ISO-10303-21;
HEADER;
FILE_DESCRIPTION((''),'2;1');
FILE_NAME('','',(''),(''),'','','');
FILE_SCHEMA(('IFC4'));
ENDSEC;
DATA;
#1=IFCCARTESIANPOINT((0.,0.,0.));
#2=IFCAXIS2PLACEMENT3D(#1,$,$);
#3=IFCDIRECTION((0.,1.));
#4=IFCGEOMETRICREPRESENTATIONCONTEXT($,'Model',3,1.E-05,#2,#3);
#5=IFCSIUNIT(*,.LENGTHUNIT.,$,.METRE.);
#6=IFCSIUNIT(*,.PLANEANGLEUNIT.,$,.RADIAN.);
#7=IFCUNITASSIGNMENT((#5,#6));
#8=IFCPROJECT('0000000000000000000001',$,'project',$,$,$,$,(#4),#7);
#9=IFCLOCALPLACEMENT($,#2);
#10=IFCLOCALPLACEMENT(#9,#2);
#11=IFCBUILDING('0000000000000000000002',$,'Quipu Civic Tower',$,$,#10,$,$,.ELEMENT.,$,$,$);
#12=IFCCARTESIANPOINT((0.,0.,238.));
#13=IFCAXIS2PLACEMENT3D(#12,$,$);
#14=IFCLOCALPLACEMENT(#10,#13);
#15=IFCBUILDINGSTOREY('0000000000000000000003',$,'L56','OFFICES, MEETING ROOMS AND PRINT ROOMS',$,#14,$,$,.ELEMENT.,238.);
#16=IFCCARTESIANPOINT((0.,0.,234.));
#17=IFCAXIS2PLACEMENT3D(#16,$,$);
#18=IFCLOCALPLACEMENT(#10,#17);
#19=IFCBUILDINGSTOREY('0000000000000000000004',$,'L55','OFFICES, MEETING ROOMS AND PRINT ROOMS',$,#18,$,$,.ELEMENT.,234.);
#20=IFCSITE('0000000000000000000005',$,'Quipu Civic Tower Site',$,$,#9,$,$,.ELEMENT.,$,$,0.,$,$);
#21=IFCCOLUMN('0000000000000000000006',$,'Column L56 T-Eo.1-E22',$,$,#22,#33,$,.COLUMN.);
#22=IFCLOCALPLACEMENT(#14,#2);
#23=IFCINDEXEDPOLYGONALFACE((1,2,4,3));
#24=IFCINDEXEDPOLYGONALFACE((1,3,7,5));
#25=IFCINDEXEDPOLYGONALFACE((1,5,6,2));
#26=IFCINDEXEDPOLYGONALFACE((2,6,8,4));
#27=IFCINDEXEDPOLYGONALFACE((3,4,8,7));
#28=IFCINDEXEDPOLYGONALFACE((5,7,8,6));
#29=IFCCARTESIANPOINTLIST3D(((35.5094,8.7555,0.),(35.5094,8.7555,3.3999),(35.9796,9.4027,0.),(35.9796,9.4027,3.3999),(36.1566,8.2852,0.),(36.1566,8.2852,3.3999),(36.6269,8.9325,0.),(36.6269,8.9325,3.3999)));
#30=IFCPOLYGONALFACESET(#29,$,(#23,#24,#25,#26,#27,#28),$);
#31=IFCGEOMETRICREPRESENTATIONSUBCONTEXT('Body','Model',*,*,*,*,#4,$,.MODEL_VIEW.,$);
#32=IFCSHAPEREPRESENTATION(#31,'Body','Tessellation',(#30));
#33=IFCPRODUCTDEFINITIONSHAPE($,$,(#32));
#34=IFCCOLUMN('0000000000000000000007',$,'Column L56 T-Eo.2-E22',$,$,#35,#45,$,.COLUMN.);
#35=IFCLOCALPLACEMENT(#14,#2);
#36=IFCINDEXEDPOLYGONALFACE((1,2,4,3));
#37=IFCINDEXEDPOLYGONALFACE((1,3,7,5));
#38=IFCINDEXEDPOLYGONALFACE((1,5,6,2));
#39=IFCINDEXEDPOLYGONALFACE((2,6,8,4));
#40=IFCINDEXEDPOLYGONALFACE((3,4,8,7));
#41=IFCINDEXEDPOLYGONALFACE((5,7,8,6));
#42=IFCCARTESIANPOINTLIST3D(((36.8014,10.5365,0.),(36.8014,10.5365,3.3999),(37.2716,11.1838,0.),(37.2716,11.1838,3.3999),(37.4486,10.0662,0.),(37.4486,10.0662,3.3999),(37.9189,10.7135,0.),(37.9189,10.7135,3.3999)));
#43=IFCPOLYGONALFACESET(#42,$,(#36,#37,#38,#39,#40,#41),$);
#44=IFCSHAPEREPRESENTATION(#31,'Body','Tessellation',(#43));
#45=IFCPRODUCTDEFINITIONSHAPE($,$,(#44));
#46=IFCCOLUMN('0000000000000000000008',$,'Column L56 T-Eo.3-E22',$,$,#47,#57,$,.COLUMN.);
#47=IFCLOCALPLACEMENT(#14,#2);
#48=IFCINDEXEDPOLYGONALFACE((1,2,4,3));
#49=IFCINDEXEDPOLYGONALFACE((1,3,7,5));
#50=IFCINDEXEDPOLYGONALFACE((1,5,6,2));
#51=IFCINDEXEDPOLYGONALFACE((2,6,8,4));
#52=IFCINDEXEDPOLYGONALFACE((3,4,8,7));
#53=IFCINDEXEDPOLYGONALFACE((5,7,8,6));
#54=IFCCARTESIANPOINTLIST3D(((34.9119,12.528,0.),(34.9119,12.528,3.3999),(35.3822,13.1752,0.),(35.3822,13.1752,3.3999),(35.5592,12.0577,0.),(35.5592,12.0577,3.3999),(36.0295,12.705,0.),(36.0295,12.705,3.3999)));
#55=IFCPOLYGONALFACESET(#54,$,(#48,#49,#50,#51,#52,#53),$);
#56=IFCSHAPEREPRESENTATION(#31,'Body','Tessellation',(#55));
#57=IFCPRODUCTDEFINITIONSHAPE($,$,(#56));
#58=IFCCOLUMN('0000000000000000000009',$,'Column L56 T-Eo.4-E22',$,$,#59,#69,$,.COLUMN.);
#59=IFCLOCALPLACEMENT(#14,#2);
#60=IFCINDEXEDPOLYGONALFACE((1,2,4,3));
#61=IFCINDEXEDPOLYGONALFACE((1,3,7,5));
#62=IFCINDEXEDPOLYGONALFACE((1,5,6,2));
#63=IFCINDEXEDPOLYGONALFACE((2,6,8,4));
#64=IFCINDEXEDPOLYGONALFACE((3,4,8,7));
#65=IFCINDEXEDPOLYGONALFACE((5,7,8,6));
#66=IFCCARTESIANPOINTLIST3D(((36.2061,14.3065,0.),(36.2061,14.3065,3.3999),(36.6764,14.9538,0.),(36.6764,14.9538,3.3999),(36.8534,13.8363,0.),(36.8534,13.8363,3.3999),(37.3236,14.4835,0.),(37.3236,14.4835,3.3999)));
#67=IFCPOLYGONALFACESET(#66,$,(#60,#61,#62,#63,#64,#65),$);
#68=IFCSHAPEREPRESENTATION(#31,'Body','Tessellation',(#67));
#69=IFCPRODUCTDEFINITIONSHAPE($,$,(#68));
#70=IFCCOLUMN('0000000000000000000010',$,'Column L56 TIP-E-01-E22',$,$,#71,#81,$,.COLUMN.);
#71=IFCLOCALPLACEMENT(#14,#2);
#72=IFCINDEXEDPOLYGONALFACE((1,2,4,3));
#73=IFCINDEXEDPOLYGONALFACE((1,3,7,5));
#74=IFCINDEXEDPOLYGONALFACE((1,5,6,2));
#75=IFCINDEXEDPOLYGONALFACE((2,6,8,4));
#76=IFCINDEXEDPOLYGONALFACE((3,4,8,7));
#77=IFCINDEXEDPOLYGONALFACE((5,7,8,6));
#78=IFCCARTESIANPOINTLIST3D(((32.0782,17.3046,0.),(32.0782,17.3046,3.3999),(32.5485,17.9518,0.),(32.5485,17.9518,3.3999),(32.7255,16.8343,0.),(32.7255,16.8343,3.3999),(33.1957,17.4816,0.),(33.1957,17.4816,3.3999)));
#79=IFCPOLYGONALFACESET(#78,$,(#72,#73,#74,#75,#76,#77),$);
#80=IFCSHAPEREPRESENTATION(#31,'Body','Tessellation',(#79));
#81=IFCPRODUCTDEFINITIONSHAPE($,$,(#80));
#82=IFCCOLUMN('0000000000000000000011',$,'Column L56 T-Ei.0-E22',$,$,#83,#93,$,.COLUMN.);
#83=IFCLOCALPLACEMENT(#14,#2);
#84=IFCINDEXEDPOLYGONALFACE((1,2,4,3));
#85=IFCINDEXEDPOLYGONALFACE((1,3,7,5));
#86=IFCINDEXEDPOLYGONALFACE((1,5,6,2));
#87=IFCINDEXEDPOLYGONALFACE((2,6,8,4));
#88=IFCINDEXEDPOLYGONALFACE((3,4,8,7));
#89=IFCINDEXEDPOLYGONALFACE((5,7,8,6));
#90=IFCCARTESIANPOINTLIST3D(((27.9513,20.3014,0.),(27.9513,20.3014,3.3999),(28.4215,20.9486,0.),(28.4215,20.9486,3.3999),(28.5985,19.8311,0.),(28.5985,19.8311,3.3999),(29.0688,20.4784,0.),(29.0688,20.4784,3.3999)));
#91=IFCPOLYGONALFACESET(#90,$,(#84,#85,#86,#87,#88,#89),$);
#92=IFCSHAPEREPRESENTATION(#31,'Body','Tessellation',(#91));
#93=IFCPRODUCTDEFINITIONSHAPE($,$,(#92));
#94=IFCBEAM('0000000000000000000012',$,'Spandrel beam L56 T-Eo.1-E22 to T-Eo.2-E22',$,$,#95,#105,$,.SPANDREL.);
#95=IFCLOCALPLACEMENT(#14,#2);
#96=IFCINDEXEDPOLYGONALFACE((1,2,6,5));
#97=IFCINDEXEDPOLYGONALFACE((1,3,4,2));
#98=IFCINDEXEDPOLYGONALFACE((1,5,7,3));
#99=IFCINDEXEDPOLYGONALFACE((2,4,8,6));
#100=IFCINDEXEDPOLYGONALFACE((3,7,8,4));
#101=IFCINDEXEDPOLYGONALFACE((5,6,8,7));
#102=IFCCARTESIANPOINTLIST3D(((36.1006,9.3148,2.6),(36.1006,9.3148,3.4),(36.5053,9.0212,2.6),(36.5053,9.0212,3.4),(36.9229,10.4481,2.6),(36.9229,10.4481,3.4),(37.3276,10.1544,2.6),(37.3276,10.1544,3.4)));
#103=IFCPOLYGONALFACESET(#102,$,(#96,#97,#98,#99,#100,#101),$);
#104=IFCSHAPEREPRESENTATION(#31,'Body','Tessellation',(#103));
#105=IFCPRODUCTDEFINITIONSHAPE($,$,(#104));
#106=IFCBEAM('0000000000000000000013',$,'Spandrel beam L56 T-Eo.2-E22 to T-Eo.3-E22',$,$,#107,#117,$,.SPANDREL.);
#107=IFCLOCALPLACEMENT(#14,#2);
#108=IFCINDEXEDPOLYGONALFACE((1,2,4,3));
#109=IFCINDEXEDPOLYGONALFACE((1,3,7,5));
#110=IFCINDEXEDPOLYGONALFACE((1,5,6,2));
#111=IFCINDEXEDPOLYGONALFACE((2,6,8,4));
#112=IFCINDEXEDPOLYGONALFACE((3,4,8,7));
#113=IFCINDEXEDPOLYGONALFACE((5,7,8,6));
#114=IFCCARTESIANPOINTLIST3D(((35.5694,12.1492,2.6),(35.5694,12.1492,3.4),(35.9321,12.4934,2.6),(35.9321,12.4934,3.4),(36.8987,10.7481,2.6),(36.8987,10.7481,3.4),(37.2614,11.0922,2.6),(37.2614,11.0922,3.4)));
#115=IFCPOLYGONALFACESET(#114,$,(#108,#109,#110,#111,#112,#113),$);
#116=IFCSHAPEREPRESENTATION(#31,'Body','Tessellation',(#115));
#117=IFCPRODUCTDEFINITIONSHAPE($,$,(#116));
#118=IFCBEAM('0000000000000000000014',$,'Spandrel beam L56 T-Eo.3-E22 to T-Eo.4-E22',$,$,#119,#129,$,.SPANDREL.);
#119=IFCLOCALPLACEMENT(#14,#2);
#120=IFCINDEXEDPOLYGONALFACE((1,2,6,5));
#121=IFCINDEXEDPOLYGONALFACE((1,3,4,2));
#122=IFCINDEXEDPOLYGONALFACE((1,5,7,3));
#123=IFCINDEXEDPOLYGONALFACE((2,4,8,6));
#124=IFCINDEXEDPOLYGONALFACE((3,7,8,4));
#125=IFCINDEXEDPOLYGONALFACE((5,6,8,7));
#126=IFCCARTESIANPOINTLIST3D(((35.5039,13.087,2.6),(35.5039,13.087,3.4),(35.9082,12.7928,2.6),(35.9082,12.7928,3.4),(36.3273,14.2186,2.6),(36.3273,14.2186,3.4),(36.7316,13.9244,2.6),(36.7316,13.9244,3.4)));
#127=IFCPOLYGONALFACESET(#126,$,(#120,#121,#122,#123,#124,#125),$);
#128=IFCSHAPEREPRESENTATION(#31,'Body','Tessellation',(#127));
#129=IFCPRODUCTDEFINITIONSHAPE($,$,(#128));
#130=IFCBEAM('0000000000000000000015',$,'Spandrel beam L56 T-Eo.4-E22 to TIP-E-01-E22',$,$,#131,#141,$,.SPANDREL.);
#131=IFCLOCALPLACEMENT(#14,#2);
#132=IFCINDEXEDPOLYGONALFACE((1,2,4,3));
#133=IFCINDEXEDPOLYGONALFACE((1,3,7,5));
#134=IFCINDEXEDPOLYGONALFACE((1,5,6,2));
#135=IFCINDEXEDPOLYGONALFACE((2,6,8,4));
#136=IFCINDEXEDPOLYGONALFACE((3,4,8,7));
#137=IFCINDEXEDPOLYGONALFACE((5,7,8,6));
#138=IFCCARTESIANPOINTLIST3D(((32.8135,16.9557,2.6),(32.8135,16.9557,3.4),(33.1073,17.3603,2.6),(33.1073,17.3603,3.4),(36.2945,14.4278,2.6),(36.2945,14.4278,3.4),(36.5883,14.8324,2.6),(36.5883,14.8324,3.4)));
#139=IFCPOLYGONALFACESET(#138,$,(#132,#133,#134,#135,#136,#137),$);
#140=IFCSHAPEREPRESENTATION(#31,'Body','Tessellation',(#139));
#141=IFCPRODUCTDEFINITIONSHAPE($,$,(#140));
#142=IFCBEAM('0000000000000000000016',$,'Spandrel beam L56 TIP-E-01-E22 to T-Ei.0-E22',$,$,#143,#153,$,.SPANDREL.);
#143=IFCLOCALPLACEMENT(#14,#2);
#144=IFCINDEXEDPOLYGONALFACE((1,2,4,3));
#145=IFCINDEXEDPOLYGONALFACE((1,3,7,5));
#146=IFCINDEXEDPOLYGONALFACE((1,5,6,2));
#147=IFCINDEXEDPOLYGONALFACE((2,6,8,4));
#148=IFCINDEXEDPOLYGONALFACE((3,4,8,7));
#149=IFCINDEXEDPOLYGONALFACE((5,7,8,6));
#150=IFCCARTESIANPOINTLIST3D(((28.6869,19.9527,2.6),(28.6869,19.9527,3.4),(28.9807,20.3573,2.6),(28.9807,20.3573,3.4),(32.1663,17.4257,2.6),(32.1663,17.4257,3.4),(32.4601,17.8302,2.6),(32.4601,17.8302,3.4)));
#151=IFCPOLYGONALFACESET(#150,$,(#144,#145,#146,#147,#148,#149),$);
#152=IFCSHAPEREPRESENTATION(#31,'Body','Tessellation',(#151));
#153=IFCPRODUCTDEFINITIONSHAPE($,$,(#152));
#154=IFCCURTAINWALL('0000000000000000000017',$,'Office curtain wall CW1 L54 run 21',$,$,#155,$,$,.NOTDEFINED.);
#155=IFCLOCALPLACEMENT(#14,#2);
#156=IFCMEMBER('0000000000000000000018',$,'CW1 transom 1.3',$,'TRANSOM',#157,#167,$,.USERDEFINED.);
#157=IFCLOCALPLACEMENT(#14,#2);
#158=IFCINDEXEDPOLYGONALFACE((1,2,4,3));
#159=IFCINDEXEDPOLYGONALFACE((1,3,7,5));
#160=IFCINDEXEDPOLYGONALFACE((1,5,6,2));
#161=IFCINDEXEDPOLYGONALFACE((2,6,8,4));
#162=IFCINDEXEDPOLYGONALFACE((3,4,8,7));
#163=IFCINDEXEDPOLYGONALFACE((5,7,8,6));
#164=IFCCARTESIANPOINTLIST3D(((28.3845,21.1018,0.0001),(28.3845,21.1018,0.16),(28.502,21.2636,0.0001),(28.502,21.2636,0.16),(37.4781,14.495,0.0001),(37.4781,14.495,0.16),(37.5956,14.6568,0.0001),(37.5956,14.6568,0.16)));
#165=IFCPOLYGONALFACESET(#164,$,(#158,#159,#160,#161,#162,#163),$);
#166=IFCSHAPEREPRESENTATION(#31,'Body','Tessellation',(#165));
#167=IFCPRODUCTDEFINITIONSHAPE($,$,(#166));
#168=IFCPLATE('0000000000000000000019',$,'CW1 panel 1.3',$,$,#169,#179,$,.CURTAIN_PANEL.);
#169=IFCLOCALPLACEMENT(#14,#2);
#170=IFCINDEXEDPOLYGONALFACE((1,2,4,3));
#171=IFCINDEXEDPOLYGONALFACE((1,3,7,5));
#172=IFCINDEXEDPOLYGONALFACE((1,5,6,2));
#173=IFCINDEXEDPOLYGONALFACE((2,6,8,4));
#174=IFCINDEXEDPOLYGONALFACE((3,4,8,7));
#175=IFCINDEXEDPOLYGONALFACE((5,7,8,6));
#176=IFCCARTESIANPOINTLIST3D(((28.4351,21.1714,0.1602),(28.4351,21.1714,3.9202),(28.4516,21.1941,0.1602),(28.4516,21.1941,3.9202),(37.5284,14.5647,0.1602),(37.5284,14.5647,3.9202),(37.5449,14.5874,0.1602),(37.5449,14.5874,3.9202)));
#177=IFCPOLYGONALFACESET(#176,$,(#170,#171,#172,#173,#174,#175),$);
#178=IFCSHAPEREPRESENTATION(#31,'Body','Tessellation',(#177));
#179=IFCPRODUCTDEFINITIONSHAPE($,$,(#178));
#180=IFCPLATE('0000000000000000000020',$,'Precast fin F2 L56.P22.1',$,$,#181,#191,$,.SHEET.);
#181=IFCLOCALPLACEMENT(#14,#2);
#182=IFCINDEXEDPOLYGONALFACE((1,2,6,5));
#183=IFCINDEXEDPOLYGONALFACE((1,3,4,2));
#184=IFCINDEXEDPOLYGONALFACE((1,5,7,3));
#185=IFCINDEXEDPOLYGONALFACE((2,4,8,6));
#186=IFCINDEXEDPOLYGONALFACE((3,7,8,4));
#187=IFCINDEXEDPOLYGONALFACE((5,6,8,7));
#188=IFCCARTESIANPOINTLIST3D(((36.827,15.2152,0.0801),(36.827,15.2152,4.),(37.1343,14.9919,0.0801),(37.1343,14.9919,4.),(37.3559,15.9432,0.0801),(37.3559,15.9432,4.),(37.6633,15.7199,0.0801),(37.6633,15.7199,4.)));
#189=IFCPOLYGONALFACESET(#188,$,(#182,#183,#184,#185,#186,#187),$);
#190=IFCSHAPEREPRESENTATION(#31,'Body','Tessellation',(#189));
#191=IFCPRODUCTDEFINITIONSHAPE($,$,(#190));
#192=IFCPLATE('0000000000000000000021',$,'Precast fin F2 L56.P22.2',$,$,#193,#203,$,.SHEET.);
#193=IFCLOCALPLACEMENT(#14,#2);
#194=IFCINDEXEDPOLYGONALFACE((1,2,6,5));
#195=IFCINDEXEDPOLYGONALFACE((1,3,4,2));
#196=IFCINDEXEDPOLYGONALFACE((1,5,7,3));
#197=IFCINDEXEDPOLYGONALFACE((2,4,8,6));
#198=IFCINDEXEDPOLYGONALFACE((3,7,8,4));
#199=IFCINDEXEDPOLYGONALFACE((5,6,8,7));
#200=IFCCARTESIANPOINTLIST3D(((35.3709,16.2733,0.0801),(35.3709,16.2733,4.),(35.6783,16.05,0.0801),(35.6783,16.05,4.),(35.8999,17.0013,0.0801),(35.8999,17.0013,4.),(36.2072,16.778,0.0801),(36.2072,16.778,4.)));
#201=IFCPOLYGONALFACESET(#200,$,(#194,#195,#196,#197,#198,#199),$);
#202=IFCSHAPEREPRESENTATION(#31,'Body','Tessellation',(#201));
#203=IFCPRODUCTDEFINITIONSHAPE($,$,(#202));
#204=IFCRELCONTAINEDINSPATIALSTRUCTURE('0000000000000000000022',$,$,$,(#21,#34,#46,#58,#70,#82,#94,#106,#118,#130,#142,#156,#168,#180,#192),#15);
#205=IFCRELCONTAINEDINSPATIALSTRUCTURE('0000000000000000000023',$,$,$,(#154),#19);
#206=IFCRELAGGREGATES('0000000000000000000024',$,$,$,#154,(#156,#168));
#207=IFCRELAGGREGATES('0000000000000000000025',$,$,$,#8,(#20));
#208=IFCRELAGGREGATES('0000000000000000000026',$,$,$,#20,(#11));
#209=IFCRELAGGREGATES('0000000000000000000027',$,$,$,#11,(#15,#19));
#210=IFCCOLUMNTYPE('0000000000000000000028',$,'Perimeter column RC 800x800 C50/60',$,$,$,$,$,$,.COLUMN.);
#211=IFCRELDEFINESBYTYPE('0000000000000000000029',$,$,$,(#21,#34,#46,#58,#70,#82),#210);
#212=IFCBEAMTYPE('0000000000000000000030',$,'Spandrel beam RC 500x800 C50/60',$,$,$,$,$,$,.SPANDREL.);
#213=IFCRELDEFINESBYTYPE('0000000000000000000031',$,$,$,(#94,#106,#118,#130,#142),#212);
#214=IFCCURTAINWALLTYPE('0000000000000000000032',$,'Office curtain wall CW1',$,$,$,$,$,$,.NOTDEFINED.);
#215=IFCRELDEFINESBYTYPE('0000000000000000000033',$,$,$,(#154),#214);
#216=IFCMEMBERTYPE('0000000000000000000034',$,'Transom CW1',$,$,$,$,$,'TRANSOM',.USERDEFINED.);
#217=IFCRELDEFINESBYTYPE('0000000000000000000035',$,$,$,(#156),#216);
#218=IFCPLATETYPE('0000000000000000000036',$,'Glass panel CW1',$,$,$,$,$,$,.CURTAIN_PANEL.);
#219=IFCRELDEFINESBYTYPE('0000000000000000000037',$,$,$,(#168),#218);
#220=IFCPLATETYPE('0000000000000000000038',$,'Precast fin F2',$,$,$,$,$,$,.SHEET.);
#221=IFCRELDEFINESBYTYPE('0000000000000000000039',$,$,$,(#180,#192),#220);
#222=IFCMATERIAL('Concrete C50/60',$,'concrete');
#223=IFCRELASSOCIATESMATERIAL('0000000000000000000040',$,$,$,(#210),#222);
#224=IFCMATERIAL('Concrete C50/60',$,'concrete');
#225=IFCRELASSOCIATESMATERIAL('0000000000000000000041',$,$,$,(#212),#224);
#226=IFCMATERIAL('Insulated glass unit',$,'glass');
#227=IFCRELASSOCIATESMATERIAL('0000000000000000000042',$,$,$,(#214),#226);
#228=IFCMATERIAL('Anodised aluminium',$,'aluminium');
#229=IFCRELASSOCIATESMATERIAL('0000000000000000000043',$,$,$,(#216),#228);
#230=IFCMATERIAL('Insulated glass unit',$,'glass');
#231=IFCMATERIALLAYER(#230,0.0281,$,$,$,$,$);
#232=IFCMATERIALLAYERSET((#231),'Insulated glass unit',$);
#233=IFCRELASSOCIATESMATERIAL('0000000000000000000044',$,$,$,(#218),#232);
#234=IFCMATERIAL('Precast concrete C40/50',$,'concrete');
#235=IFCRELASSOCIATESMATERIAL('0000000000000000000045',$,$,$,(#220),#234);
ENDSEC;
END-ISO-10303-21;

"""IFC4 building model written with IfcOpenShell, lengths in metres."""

from ifc_helpers import new_model, si_unit, direction, frame, origin, origin_2d, place, context, subcontext, project, spatial, rectangle, extrude, material, layer, layer_set, material_profile, profile_set, type_object, element, aggregate, save


model = new_model("IFC4")

# Units and contexts
model_context = context("Model", 3, precision=1e-05, world=origin(), true_north=direction((0.0, 1.0)))
body_context = subcontext(model_context, "Body", "Model", "MODEL_VIEW")
ifc_project = project(units=[si_unit("LENGTHUNIT", "METRE"), si_unit("PLANEANGLEUNIT", "RADIAN")], contexts=[model_context])

# Site, building, storey
site_placement = place(None, origin())
site = spatial("IfcSite", under=ifc_project, at=site_placement, Name="Quipu Civic Tower Site", CompositionType="ELEMENT", RefElevation=0.0)
building_placement = place(site_placement, origin())
building = spatial("IfcBuilding", under=site, at=building_placement, Name="Quipu Civic Tower", CompositionType="ELEMENT")
storey_1_placement = place(building_placement, frame((0.0, 0.0, 238.0)))
storey_1 = spatial("IfcBuildingStorey", under=building, at=storey_1_placement, Name="L56", Description="OFFICES, MEETING ROOMS AND PRINT ROOMS", CompositionType="ELEMENT", Elevation=238.0)

# Columns
ifc_material_1 = material(Name="Concrete C50/60", Category="concrete")
ifc_material_profile_1 = material_profile(ifc_material_1, rectangle(XDim=0.8, YDim=0.8, at=origin_2d()), Name="RC800x800")
ifc_profile_set_1 = profile_set([ifc_material_profile_1], Name="Concrete C50/60")
column_type = type_object("IfcColumnType", Name="Perimeter column RC 800x800 C50/60", PredefinedType="COLUMN", material=ifc_profile_set_1)
for number, where, z_axis, x_axis, name in (
    (1, (36.0681, 8.844, 0.0), (0.0, 0.0, 1.0), (0.587785, 0.809017, 0.0), "Column L56 T-Eo.1-E22"),
    (2, (37.3601, 10.625, 0.0), (0.0, 0.0, 1.0), (0.587785, 0.809017, 0.0), "Column L56 T-Eo.2-E22"),
    (3, (35.4707, 12.6165, 0.0), (0.0, 0.0, 1.0), (-0.809017, 0.587785, 0.0), "Column L56 T-Eo.3-E22"),
    (4, (36.7649, 14.395, 0.0), (0.0, 0.0, 1.0), (-0.809017, 0.587785, 0.0), "Column L56 T-Eo.4-E22"),
    (5, (32.637, 17.3931, 0.0), (0.0, 0.0, 1.0), (-0.809017, 0.587785, 0.0), "Column L56 TIP-E-01-E22"),
    (6, (28.51, 20.3899, 0.0), (0.0, 0.0, 1.0), (-0.587785, -0.809017, 0.0), "Column L56 T-Ei.0-E22"),
):
    element("IfcColumn", number, at=place(storey_1_placement, frame(where, z_axis=z_axis, x_axis=x_axis)), inside=storey_1, type_object=column_type, Name=name, PredefinedType="COLUMN", context=body_context, shape_type="SweptSolid", body=[
        extrude(rectangle(XDim=0.8, YDim=0.8, at=origin_2d()), origin(), (0.0, 0.0, 1.0), 3.3999),
    ])

# Beams
ifc_material_2 = material(Name="Concrete C50/60", Category="concrete")
ifc_material_profile_2 = material_profile(ifc_material_2, rectangle(XDim=0.5, YDim=0.8, at=origin_2d()), Name="RC500x800")
ifc_profile_set_2 = profile_set([ifc_material_profile_2], Name="Concrete C50/60")
beam_type = type_object("IfcBeamType", Name="Spandrel beam RC 500x800 C50/60", PredefinedType="SPANDREL", material=ifc_profile_set_2)
beam_1_placement = place(storey_1_placement, frame((36.303, 9.168, 3.0), z_axis=(0.587259, 0.809399, 0.0), x_axis=(-0.809399, 0.587259, 0.0)))
element("IfcBeam", 7, at=beam_1_placement, inside=storey_1, type_object=beam_type, Name="Spandrel beam L56 T-Eo.1-E22 to T-Eo.2-E22", PredefinedType="SPANDREL", context=body_context, shape_type="SweptSolid", body=[
    extrude(rectangle(XDim=0.5, YDim=0.8, at=origin_2d()), origin(), (0.0, 0.0, 1.0), 1.4001),
])
beam_2_placement = place(storey_1_placement, frame((37.0801, 10.9202, 3.0), z_axis=(-0.688281, 0.725444, 0.0), x_axis=(-0.725444, -0.688281, 0.0)))
element("IfcBeam", 8, at=beam_2_placement, inside=storey_1, type_object=beam_type, Name="Spandrel beam L56 T-Eo.2-E22 to T-Eo.3-E22", PredefinedType="SPANDREL", context=body_context, shape_type="SweptSolid", body=[
    extrude(rectangle(XDim=0.5, YDim=0.8, at=origin_2d()), origin(), (0.0, 0.0, 1.0), 1.9314),
])
beam_3_placement = place(storey_1_placement, frame((35.7061, 12.9399, 3.0), z_axis=(0.58841, 0.808563, 0.0), x_axis=(-0.808563, 0.58841, 0.0)))
element("IfcBeam", 9, at=beam_3_placement, inside=storey_1, type_object=beam_type, Name="Spandrel beam L56 T-Eo.3-E22 to T-Eo.4-E22", PredefinedType="SPANDREL", context=body_context, shape_type="SweptSolid", body=[
    extrude(rectangle(XDim=0.5, YDim=0.8, at=origin_2d()), origin(), (0.0, 0.0, 1.0), 1.3994),
])
beam_4_placement = place(storey_1_placement, frame((36.4414, 14.6301, 3.0), z_axis=(-0.809153, 0.587598, 0.0), x_axis=(-0.587598, -0.809153, 0.0)))
element("IfcBeam", 10, at=beam_4_placement, inside=storey_1, type_object=beam_type, Name="Spandrel beam L56 T-Eo.4-E22 to TIP-E-01-E22", PredefinedType="SPANDREL", context=body_context, shape_type="SweptSolid", body=[
    extrude(rectangle(XDim=0.5, YDim=0.8, at=origin_2d()), origin(), (0.0, 0.0, 1.0), 4.302),
])
beam_5_placement = place(storey_1_placement, frame((32.3132, 17.6279, 3.0), z_axis=(-0.809116, 0.587648, 0.0), x_axis=(-0.587648, -0.809116, 0.0)))
element("IfcBeam", 11, at=beam_5_placement, inside=storey_1, type_object=beam_type, Name="Spandrel beam L56 TIP-E-01-E22 to T-Ei.0-E22", PredefinedType="SPANDREL", context=body_context, shape_type="SweptSolid", body=[
    extrude(rectangle(XDim=0.5, YDim=0.8, at=origin_2d()), origin(), (0.0, 0.0, 1.0), 4.3003),
])

# Shared definitions
storey_2_placement = place(building_placement, frame((0.0, 0.0, 234.0)))
storey_2 = spatial("IfcBuildingStorey", under=building, at=storey_2_placement, Name="L55", Description="OFFICES, MEETING ROOMS AND PRINT ROOMS", CompositionType="ELEMENT", Elevation=234.0)

# Curtain wall, member, plate
ifc_material_3 = material(Name="Insulated glass unit", Category="glass")
curtain_wall_type = type_object("IfcCurtainWallType", Name="Office curtain wall CW1", PredefinedType="NOTDEFINED", material=ifc_material_3)
curtain_wall_placement = place(storey_2_placement, origin())
curtain_wall = element("IfcCurtainWall", 12, at=curtain_wall_placement, inside=storey_2, type_object=curtain_wall_type, Name="Office curtain wall CW1 L54 run 21", PredefinedType="NOTDEFINED")
ifc_material_4 = material(Name="Anodised aluminium", Category="aluminium")
ifc_material_profile_3 = material_profile(ifc_material_4, rectangle(XDim=0.2, YDim=0.1599, at=origin_2d()), Name="RECT 200x160")
ifc_profile_set_3 = profile_set([ifc_material_profile_3], Name="Anodised aluminium")
member_type = type_object("IfcMemberType", Name="Transom CW1", ElementType="TRANSOM", PredefinedType="USERDEFINED", material=ifc_profile_set_3)
member_placement = place(storey_1_placement, frame((37.5369, 14.5759, 0.0801), z_axis=(-0.809022, 0.587778, 0.0), x_axis=(-0.587778, -0.809022, 0.0)))
member = element("IfcMember", 13, at=member_placement, inside=storey_1, type_object=member_type, Name="CW1 transom 1.3", ObjectType="TRANSOM", PredefinedType="USERDEFINED", context=body_context, shape_type="SweptSolid", body=[
    extrude(rectangle(XDim=0.2, YDim=0.1599, at=origin_2d()), origin(), (0.0, 0.0, 1.0), 11.2402),
])
ifc_material_5 = material(Name="Insulated glass unit", Category="glass")
ifc_layer = layer(ifc_material_5, 0.0281)
ifc_layer_set = layer_set([ifc_layer], Name="Insulated glass unit")
plate_type_1 = type_object("IfcPlateType", Name="Glass panel CW1", PredefinedType="CURTAIN_PANEL", material=ifc_layer_set)
plate_placement = place(storey_1_placement, frame((32.99, 17.8794, 0.1602), z_axis=(0.0, 0.0, 1.0), x_axis=(-0.809015, 0.587788, 0.0)))
plate = element("IfcPlate", 14, at=plate_placement, inside=storey_1, type_object=plate_type_1, Name="CW1 panel 1.3", PredefinedType="CURTAIN_PANEL", context=body_context, shape_type="SweptSolid", body=[
    extrude(rectangle(XDim=11.24, YDim=0.0281, at=origin_2d()), origin(), (0.0, 0.0, 1.0), 3.76),
])
aggregate(curtain_wall, [member, plate])

# Plates
ifc_material_6 = material(Name="Precast concrete C40/50", Category="concrete")
plate_type_2 = type_object("IfcPlateType", Name="Precast fin F2", PredefinedType="SHEET", material=ifc_material_6)
for number, where, z_axis, x_axis, name in (
    (15, (37.2451, 15.4675, 0.0801), (0.0, 0.0, 1.0), (-0.809017, 0.587785, 0.0), "Precast fin F2 L56.P22.1"),
    (16, (35.7891, 16.5256, 0.0801), (0.0, 0.0, 1.0), (-0.809017, 0.587785, 0.0), "Precast fin F2 L56.P22.2"),
):
    element("IfcPlate", number, at=place(storey_1_placement, frame(where, z_axis=z_axis, x_axis=x_axis)), inside=storey_1, type_object=plate_type_2, Name=name, PredefinedType="SHEET", context=body_context, shape_type="SweptSolid", body=[
        extrude(rectangle(XDim=0.3799, YDim=0.8999, at=origin_2d()), origin(), (0.0, 0.0, 1.0), 3.9199),
    ])

save(model, "model.ifc")
